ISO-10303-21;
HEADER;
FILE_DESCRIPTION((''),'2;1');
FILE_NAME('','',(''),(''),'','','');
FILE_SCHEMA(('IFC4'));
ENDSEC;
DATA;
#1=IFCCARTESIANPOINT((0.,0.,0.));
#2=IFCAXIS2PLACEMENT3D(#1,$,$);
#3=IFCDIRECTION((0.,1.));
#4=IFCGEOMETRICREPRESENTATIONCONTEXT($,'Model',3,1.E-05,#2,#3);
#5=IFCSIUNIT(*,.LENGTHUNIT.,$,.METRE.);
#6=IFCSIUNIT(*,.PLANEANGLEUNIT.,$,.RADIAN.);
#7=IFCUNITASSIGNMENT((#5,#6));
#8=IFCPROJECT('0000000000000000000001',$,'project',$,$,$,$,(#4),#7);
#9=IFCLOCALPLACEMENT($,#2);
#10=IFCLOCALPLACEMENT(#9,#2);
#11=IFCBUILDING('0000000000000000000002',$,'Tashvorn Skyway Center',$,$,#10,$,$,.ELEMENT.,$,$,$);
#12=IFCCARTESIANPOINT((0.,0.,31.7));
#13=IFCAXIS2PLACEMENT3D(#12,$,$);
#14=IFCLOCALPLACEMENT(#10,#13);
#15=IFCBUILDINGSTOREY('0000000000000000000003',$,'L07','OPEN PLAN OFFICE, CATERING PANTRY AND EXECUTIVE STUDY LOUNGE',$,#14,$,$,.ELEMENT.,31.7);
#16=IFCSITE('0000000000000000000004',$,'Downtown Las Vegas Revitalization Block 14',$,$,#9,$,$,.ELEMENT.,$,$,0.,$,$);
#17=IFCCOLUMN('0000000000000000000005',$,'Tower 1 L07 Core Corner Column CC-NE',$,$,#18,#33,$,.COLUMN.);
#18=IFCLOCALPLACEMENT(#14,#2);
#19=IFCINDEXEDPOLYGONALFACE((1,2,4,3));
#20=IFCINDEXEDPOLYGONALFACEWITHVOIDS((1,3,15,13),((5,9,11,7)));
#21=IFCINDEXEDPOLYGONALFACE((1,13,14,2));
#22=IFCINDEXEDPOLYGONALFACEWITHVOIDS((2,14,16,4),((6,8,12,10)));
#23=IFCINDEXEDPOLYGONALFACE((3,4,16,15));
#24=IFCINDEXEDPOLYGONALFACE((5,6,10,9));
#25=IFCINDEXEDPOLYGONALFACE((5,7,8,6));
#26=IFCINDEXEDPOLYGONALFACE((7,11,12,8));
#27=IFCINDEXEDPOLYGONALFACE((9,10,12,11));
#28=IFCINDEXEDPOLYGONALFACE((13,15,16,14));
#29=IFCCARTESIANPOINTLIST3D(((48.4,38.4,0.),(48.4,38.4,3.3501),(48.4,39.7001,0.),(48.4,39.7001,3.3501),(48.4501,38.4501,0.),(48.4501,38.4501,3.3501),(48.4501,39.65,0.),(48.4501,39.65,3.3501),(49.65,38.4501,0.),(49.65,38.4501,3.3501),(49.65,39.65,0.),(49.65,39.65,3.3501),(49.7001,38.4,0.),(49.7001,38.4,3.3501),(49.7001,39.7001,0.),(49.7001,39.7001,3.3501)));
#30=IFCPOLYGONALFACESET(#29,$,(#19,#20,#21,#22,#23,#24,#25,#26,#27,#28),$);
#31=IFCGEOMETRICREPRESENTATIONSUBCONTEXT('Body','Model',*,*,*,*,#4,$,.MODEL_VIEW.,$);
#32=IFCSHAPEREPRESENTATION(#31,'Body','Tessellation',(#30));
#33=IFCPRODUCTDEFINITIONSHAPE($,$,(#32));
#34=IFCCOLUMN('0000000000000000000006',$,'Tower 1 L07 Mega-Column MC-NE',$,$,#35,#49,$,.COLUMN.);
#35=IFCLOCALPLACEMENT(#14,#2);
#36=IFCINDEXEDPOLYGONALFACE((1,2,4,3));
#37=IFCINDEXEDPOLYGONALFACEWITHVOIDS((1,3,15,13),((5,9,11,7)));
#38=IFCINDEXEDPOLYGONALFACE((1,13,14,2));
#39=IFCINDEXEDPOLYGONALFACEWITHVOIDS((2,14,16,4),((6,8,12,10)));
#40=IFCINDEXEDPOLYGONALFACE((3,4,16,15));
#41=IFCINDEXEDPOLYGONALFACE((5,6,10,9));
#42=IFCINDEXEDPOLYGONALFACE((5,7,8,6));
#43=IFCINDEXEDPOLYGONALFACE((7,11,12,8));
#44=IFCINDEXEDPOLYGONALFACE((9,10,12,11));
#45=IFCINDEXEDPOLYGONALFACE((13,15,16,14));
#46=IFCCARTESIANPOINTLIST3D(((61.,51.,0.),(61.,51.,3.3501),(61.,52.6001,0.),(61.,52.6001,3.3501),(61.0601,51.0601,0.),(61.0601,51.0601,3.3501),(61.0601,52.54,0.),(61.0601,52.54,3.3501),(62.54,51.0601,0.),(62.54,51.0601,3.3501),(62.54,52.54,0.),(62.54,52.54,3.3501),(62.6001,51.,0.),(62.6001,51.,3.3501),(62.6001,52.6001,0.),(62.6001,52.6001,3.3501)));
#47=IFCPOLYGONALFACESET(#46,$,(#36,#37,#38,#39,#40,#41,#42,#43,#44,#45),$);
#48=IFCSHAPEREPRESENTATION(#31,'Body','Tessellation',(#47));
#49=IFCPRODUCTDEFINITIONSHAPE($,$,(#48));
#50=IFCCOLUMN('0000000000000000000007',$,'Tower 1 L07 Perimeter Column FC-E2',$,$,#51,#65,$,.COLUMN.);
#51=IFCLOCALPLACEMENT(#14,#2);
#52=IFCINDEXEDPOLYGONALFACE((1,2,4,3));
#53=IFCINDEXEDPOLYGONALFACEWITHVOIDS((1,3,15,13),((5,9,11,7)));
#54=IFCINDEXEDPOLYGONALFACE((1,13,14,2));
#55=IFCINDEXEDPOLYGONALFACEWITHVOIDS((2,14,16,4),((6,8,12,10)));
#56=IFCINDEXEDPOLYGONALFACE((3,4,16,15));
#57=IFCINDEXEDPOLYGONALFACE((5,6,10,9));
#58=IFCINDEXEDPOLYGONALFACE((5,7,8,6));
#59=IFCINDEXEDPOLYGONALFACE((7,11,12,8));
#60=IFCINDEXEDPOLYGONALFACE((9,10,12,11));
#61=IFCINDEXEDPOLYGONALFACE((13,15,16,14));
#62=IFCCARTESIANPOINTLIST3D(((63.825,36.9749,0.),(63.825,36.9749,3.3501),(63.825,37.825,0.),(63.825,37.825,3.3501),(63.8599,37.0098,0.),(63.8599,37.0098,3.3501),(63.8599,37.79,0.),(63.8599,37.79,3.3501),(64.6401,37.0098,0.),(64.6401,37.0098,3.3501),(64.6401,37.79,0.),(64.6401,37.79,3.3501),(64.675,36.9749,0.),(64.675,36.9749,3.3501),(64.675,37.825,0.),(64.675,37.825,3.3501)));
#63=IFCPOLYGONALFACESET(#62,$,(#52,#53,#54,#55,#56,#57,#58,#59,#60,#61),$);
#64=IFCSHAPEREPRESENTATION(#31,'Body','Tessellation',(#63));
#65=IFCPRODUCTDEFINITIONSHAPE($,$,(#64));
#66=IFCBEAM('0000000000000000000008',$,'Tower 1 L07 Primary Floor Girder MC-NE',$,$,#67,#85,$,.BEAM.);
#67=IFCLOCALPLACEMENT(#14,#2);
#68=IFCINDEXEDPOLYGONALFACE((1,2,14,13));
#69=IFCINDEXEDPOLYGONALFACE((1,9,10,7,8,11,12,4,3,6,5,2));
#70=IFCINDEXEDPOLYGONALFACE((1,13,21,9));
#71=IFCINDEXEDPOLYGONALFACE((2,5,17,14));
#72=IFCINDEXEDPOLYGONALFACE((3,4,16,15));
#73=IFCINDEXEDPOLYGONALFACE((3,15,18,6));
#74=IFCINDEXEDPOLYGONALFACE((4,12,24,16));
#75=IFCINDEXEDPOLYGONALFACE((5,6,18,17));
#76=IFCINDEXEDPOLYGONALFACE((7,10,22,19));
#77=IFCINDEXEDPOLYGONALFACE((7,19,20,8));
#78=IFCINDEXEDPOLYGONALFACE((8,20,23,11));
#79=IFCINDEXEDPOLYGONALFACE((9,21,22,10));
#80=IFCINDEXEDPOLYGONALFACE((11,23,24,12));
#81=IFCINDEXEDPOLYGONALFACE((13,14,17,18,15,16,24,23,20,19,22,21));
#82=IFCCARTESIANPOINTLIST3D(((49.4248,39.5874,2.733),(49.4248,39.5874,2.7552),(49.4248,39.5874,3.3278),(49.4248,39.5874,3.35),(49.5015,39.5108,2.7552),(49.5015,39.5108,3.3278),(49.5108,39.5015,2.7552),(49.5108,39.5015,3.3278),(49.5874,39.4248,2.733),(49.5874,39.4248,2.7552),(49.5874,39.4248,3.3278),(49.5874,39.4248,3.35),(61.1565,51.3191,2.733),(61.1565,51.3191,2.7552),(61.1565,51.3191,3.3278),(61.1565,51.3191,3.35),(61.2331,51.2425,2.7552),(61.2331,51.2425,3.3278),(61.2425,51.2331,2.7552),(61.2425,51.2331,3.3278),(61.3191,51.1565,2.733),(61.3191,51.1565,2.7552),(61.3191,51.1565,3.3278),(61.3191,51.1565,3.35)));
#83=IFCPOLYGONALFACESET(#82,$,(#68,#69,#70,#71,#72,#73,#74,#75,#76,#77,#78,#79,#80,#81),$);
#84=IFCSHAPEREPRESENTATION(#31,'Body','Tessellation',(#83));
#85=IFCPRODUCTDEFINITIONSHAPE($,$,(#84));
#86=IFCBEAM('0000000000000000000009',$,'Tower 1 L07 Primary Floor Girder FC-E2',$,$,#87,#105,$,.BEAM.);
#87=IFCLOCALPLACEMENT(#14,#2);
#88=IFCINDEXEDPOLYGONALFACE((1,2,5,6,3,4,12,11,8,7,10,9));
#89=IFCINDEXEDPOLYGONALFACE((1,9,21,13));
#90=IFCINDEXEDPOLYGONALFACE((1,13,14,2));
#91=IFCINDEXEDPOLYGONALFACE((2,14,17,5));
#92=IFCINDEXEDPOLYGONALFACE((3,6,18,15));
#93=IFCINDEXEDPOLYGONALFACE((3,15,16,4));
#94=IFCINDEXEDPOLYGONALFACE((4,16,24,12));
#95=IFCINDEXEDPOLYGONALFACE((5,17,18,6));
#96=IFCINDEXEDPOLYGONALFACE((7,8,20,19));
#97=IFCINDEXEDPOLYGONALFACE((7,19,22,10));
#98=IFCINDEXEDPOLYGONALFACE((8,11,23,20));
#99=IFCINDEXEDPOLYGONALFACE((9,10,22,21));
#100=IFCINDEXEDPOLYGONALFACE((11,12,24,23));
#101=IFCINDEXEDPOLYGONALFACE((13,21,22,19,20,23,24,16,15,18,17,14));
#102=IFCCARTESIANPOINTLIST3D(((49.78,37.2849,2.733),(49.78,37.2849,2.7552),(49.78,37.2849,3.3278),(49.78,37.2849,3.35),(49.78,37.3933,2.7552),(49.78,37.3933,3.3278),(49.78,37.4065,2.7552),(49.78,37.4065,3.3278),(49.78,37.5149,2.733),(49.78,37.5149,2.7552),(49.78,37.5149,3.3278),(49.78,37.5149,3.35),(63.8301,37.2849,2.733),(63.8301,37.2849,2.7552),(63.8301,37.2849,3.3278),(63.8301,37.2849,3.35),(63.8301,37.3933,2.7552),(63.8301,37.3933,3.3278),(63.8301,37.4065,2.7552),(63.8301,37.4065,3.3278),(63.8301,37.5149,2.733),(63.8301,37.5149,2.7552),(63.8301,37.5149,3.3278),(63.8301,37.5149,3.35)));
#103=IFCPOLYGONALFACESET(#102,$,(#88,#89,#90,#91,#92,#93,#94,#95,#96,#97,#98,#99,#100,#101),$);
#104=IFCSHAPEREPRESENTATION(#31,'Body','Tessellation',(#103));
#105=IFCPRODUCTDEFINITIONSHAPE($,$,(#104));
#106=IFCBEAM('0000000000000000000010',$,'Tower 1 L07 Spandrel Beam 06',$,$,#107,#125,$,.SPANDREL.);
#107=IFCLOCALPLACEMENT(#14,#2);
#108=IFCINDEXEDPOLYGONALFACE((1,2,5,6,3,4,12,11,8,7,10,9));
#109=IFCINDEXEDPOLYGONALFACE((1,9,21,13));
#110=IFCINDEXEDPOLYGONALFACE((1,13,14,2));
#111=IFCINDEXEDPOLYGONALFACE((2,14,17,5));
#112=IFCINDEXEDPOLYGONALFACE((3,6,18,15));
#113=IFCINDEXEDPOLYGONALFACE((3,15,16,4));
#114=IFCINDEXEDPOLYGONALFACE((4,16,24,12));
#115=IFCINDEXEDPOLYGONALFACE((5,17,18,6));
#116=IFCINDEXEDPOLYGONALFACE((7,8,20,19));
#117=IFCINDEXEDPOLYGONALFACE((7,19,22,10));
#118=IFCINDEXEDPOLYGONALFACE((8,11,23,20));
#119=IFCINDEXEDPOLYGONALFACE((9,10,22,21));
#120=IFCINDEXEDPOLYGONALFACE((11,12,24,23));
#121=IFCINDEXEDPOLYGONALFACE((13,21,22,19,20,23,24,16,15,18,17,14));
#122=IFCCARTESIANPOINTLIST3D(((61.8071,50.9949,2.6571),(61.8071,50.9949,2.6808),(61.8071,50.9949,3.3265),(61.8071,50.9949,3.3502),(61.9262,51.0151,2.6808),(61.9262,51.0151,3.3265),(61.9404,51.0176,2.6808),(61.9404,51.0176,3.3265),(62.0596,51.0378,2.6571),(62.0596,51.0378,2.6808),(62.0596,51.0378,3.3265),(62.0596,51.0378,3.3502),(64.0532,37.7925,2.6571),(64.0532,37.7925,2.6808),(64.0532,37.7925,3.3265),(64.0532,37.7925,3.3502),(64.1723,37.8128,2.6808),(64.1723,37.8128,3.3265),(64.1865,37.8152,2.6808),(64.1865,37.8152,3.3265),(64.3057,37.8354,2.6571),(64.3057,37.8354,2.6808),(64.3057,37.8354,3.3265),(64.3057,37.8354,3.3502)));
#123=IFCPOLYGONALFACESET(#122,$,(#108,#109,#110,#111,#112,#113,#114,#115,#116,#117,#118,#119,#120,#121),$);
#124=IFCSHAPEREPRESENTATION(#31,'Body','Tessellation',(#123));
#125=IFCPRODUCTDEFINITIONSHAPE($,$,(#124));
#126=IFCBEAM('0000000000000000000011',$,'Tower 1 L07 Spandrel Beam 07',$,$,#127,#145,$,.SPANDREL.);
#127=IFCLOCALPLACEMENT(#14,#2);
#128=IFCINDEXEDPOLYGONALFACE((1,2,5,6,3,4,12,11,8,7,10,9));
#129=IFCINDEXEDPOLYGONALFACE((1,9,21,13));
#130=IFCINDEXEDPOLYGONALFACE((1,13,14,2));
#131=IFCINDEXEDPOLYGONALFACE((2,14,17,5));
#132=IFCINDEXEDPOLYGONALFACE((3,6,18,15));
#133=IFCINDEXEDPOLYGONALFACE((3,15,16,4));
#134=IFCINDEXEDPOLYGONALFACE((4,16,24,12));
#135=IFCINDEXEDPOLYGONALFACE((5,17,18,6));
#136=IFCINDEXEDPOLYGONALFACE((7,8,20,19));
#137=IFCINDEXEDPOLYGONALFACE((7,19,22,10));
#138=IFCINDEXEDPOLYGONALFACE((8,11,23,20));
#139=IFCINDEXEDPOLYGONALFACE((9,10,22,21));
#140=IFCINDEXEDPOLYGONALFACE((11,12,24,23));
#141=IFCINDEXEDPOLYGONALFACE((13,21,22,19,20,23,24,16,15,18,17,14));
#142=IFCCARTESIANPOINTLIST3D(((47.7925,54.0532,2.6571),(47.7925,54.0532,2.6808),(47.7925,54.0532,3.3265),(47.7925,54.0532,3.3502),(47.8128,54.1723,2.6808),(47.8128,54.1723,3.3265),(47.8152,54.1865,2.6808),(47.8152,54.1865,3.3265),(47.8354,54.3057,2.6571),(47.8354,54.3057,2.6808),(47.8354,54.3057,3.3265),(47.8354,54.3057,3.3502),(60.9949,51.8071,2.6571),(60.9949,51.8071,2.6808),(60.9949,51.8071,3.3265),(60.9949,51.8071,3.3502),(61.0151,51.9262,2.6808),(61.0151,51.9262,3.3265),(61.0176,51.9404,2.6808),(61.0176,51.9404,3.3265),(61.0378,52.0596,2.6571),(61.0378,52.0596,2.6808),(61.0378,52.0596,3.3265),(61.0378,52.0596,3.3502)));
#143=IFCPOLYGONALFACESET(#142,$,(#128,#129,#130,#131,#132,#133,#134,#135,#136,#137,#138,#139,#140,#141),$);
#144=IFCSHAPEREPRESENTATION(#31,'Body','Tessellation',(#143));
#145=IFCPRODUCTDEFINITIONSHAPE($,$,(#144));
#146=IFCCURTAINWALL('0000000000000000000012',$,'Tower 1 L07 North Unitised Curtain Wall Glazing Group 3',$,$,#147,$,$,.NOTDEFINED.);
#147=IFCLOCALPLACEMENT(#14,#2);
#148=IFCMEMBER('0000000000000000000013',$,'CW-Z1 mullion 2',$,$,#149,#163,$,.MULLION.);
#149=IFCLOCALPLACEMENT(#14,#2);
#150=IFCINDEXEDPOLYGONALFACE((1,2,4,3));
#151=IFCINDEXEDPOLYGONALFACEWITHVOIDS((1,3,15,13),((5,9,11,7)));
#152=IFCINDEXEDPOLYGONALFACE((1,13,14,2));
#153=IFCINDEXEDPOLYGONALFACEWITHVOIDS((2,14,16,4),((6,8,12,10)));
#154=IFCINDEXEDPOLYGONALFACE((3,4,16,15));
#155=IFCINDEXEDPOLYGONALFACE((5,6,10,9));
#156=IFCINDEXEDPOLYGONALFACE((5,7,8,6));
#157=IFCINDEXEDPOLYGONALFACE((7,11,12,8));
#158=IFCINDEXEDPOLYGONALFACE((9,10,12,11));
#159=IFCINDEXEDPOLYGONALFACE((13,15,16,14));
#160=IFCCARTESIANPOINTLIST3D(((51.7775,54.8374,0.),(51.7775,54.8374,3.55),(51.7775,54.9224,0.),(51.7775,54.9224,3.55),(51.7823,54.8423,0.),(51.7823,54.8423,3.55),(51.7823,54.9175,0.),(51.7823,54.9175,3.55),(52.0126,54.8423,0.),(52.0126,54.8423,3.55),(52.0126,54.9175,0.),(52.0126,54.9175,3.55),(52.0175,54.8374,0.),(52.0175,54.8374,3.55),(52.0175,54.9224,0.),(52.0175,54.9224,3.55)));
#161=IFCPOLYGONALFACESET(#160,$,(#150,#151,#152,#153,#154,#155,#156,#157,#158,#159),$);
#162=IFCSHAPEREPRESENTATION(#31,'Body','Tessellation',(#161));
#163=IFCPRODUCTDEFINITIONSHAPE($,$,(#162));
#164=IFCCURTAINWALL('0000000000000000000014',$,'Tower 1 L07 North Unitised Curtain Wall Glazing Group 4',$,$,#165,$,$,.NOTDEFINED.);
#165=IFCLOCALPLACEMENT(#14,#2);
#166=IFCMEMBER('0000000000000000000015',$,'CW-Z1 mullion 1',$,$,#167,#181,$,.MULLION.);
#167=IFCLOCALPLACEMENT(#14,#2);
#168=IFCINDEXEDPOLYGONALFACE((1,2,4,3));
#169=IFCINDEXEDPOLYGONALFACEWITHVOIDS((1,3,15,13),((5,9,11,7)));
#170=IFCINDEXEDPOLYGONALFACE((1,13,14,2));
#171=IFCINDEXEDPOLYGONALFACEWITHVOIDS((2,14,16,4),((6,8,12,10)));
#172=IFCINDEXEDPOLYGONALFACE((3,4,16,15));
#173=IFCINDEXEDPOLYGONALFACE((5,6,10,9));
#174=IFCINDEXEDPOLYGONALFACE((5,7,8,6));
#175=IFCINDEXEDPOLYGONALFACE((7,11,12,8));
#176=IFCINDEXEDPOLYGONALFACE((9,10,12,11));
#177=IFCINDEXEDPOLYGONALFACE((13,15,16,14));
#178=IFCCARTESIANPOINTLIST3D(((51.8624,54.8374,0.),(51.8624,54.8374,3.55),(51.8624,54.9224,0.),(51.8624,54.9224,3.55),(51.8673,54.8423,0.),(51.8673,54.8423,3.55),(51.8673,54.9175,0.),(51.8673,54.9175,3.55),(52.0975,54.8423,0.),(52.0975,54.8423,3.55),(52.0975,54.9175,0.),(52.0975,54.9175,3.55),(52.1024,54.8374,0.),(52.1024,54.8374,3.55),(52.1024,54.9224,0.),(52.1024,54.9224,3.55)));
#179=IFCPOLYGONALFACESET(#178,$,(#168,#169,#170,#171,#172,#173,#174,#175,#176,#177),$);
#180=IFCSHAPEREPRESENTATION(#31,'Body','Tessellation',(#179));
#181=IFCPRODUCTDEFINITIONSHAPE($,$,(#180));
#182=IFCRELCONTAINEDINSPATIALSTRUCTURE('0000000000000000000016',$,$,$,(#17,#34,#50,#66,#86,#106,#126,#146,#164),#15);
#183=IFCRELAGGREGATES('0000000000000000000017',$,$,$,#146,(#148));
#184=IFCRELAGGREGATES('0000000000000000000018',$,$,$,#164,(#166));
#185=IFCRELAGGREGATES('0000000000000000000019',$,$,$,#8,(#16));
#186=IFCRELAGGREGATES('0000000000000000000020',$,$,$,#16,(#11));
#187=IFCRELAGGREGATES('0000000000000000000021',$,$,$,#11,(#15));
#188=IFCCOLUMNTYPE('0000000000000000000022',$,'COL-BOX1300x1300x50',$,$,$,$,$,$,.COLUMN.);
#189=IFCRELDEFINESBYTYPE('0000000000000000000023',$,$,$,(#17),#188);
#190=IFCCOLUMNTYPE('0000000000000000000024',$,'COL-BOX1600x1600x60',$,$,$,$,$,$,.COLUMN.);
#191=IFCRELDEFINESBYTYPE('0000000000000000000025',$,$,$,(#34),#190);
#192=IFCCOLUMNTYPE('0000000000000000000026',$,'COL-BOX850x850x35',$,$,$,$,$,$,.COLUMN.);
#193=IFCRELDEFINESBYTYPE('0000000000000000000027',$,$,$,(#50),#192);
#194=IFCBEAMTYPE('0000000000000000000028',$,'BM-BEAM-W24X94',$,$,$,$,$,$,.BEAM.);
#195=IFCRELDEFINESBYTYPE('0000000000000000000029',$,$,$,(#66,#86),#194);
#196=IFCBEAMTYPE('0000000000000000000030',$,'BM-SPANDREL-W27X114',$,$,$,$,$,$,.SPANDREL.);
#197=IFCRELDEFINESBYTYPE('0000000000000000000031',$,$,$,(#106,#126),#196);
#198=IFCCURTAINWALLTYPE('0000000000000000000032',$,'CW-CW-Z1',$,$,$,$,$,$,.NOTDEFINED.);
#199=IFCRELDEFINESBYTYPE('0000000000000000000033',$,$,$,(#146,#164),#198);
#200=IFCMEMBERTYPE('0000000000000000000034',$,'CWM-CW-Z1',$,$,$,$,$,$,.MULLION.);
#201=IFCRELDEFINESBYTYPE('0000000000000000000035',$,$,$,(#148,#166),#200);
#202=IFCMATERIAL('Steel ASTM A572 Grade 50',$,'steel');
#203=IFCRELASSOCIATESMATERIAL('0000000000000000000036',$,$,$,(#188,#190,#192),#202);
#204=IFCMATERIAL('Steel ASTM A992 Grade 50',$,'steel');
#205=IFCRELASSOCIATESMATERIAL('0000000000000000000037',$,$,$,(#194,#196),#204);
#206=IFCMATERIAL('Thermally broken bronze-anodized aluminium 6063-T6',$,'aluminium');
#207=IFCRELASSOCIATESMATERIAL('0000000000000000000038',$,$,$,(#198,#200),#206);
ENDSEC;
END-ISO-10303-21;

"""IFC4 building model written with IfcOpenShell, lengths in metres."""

from ifc_helpers import new_model, si_unit, direction, frame, origin, origin_2d, place, context, subcontext, project, spatial, hollow_rectangle, i_section, extrude, material, material_profile, profile_set, type_object, element, aggregate, save


model = new_model("IFC4")

# Units and contexts
model_context = context("Model", 3, precision=1e-05, world=origin(), true_north=direction((0.0, 1.0)))
body_context = subcontext(model_context, "Body", "Model", "MODEL_VIEW")
ifc_project = project(units=[si_unit("LENGTHUNIT", "METRE"), si_unit("PLANEANGLEUNIT", "RADIAN")], contexts=[model_context])

# Site, building, storey
site_placement = place(None, origin())
site = spatial("IfcSite", under=ifc_project, at=site_placement, Name="Downtown Las Vegas Revitalization Block 14", CompositionType="ELEMENT", RefElevation=0.0)
building_placement = place(site_placement, origin())
building = spatial("IfcBuilding", under=site, at=building_placement, Name="Tashvorn Skyway Center", CompositionType="ELEMENT")
storey_placement = place(building_placement, frame((0.0, 0.0, 31.7)))
storey = spatial("IfcBuildingStorey", under=building, at=storey_placement, Name="L07", Description="OPEN PLAN OFFICE, CATERING PANTRY AND EXECUTIVE STUDY LOUNGE", CompositionType="ELEMENT", Elevation=31.7)

# Columns
ifc_material_1 = material(Name="Steel ASTM A572 Grade 50", Category="steel")
ifc_material_profile_1 = material_profile(ifc_material_1, hollow_rectangle(XDim=1.3, YDim=1.3, WallThickness=0.05, at=origin_2d()), Name="BOX1300x1300x50")
ifc_profile_set_1 = profile_set([ifc_material_profile_1], Name="Steel ASTM A572 Grade 50")
column_type_1 = type_object("IfcColumnType", Name="COL-BOX1300x1300x50", PredefinedType="COLUMN", material=ifc_profile_set_1)
column_1_placement = place(storey_placement, frame((49.05, 39.05, 0.0), z_axis=(0.0, 0.0, 1.0), x_axis=(1.0, 0.0, 0.0)))
element("IfcColumn", 1, at=column_1_placement, inside=storey, type_object=column_type_1, Name="Tower 1 L07 Core Corner Column CC-NE", PredefinedType="COLUMN", context=body_context, shape_type="SweptSolid", body=[
    extrude(hollow_rectangle(XDim=1.3, YDim=1.3, WallThickness=0.05, at=origin_2d()), origin(), (0.0, 0.0, 1.0), 3.3501),
])
ifc_material_profile_2 = material_profile(ifc_material_1, hollow_rectangle(XDim=1.6001, YDim=1.6001, WallThickness=0.0601, at=origin_2d()), Name="BOX1600x1600x60")
ifc_profile_set_2 = profile_set([ifc_material_profile_2], Name="Steel ASTM A572 Grade 50")
column_type_2 = type_object("IfcColumnType", Name="COL-BOX1600x1600x60", PredefinedType="COLUMN", material=ifc_profile_set_2)
column_2_placement = place(storey_placement, frame((61.8, 51.8, 0.0), z_axis=(0.0, 0.0, 1.0), x_axis=(1.0, 0.0, 0.0)))
element("IfcColumn", 2, at=column_2_placement, inside=storey, type_object=column_type_2, Name="Tower 1 L07 Mega-Column MC-NE", PredefinedType="COLUMN", context=body_context, shape_type="SweptSolid", body=[
    extrude(hollow_rectangle(XDim=1.6001, YDim=1.6001, WallThickness=0.0601, at=origin_2d()), origin(), (0.0, 0.0, 1.0), 3.3501),
])
ifc_material_profile_3 = material_profile(ifc_material_1, hollow_rectangle(XDim=0.8501, YDim=0.8501, WallThickness=0.0349, at=origin_2d()), Name="BOX850x850x35")
ifc_profile_set_3 = profile_set([ifc_material_profile_3], Name="Steel ASTM A572 Grade 50")
column_type_3 = type_object("IfcColumnType", Name="COL-BOX850x850x35", PredefinedType="COLUMN", material=ifc_profile_set_3)
column_3_placement = place(storey_placement, frame((64.25, 37.3999, 0.0), z_axis=(0.0, 0.0, 1.0), x_axis=(1.0, 0.0, 0.0)))
element("IfcColumn", 3, at=column_3_placement, inside=storey, type_object=column_type_3, Name="Tower 1 L07 Perimeter Column FC-E2", PredefinedType="COLUMN", context=body_context, shape_type="SweptSolid", body=[
    extrude(hollow_rectangle(XDim=0.8501, YDim=0.8501, WallThickness=0.0349, at=origin_2d()), origin(), (0.0, 0.0, 1.0), 3.3501),
])

# Beams
ifc_material_2 = material(Name="Steel ASTM A992 Grade 50", Category="steel")
ifc_material_profile_4 = material_profile(ifc_material_2, i_section(OverallWidth=0.23, OverallDepth=0.6169, WebThickness=0.0132, FlangeThickness=0.0222, at=origin_2d()), Name="W24X94")
ifc_profile_set_4 = profile_set([ifc_material_profile_4], Name="Steel ASTM A992 Grade 50")
beam_type_1 = type_object("IfcBeamType", Name="BM-BEAM-W24X94", PredefinedType="BEAM", material=ifc_profile_set_4)
beam_1_placement = place(storey_placement, frame((61.2378, 51.2378, 3.0415), z_axis=(-0.707107, -0.707107, 0.0), x_axis=(0.707107, -0.707107, 0.0)))
element("IfcBeam", 4, at=beam_1_placement, inside=storey, type_object=beam_type_1, Name="Tower 1 L07 Primary Floor Girder MC-NE", PredefinedType="BEAM", context=body_context, shape_type="SweptSolid", body=[
    extrude(i_section(OverallWidth=0.23, OverallDepth=0.6169, WebThickness=0.0132, FlangeThickness=0.0222, at=origin_2d()), origin(), (0.0, 0.0, 1.0), 16.5911),
])
beam_2_placement = place(storey_placement, frame((63.8301, 37.3999, 3.0415), z_axis=(-1.0, 0.0, 0.0), x_axis=(0.0, -1.0, 0.0)))
element("IfcBeam", 5, at=beam_2_placement, inside=storey, type_object=beam_type_1, Name="Tower 1 L07 Primary Floor Girder FC-E2", PredefinedType="BEAM", context=body_context, shape_type="SweptSolid", body=[
    extrude(i_section(OverallWidth=0.23, OverallDepth=0.6169, WebThickness=0.0132, FlangeThickness=0.0222, at=origin_2d()), origin(), (0.0, 0.0, 1.0), 14.05),
])
ifc_material_profile_5 = material_profile(ifc_material_2, i_section(OverallWidth=0.2561, OverallDepth=0.6931, WebThickness=0.0144, FlangeThickness=0.0237, at=origin_2d()), Name="W27X114")
ifc_profile_set_5 = profile_set([ifc_material_profile_5], Name="Steel ASTM A992 Grade 50")
beam_type_2 = type_object("IfcBeamType", Name="BM-SPANDREL-W27X114", PredefinedType="SPANDREL", material=ifc_profile_set_5)
for number, where, z_axis, x_axis, name in (
    (6, (64.1794, 37.814, 3.0037), (-0.167718, 0.985835, 0.0), (-0.985835, -0.167718, 0.0), "Tower 1 L07 Spandrel Beam 06"),
    (7, (61.0164, 51.9333, 3.0037), (-0.985835, 0.167718, 0.0), (-0.167718, -0.985835, 0.0), "Tower 1 L07 Spandrel Beam 07"),
):
    element("IfcBeam", number, at=place(storey_placement, frame(where, z_axis=z_axis, x_axis=x_axis)), inside=storey, type_object=beam_type_2, Name=name, PredefinedType="SPANDREL", context=body_context, shape_type="SweptSolid", body=[
        extrude(i_section(OverallWidth=0.2561, OverallDepth=0.6931, WebThickness=0.0144, FlangeThickness=0.0237, at=origin_2d()), origin(), (0.0, 0.0, 1.0), 13.3921),
    ])

# Curtain wall, member
ifc_material_3 = material(Name="Thermally broken bronze-anodized aluminium 6063-T6", Category="aluminium")
curtain_wall_type = type_object("IfcCurtainWallType", Name="CW-CW-Z1", PredefinedType="NOTDEFINED", material=ifc_material_3)
curtain_wall_1_placement = place(storey_placement, origin())
curtain_wall_1 = element("IfcCurtainWall", 8, at=curtain_wall_1_placement, inside=storey, type_object=curtain_wall_type, Name="Tower 1 L07 North Unitised Curtain Wall Glazing Group 3", PredefinedType="NOTDEFINED")
ifc_material_profile_6 = material_profile(ifc_material_3, hollow_rectangle(XDim=0.085, YDim=0.24, WallThickness=0.0049, at=origin_2d()), Name="ALU-MULL-85x240")
ifc_profile_set_6 = profile_set([ifc_material_profile_6], Name="Thermally broken bronze-anodized aluminium 6063-T6")
member_type_1 = type_object("IfcMemberType", Name="CWM-CW-Z1", PredefinedType="MULLION", material=ifc_profile_set_6)
member_1_placement = place(storey_placement, frame((51.8975, 54.8799, 0.0), z_axis=(0.0, 0.0, 1.0), x_axis=(0.0, 1.0, 0.0)))
member_1 = element("IfcMember", 9, at=member_1_placement, type_object=member_type_1, Name="CW-Z1 mullion 2", PredefinedType="MULLION", context=body_context, shape_type="SweptSolid", body=[
    extrude(hollow_rectangle(XDim=0.085, YDim=0.24, WallThickness=0.0049, at=origin_2d()), origin(), (0.0, 0.0, 1.0), 3.55),
])

# Curtain wall, member
curtain_wall_2_placement = place(storey_placement, origin())
curtain_wall_2 = element("IfcCurtainWall", 10, at=curtain_wall_2_placement, inside=storey, type_object=curtain_wall_type, Name="Tower 1 L07 North Unitised Curtain Wall Glazing Group 4", PredefinedType="NOTDEFINED")
member_2_placement = place(storey_placement, frame((51.9824, 54.8799, 0.0), z_axis=(0.0, 0.0, 1.0), x_axis=(0.0, 1.0, 0.0)))
member_2 = element("IfcMember", 11, at=member_2_placement, type_object=member_type_1, Name="CW-Z1 mullion 1", PredefinedType="MULLION", context=body_context, shape_type="SweptSolid", body=[
    extrude(hollow_rectangle(XDim=0.085, YDim=0.24, WallThickness=0.0049, at=origin_2d()), origin(), (0.0, 0.0, 1.0), 3.55),
])

aggregate(curtain_wall_1, [member_1])
aggregate(curtain_wall_2, [member_2])

save(model, "model.ifc")
